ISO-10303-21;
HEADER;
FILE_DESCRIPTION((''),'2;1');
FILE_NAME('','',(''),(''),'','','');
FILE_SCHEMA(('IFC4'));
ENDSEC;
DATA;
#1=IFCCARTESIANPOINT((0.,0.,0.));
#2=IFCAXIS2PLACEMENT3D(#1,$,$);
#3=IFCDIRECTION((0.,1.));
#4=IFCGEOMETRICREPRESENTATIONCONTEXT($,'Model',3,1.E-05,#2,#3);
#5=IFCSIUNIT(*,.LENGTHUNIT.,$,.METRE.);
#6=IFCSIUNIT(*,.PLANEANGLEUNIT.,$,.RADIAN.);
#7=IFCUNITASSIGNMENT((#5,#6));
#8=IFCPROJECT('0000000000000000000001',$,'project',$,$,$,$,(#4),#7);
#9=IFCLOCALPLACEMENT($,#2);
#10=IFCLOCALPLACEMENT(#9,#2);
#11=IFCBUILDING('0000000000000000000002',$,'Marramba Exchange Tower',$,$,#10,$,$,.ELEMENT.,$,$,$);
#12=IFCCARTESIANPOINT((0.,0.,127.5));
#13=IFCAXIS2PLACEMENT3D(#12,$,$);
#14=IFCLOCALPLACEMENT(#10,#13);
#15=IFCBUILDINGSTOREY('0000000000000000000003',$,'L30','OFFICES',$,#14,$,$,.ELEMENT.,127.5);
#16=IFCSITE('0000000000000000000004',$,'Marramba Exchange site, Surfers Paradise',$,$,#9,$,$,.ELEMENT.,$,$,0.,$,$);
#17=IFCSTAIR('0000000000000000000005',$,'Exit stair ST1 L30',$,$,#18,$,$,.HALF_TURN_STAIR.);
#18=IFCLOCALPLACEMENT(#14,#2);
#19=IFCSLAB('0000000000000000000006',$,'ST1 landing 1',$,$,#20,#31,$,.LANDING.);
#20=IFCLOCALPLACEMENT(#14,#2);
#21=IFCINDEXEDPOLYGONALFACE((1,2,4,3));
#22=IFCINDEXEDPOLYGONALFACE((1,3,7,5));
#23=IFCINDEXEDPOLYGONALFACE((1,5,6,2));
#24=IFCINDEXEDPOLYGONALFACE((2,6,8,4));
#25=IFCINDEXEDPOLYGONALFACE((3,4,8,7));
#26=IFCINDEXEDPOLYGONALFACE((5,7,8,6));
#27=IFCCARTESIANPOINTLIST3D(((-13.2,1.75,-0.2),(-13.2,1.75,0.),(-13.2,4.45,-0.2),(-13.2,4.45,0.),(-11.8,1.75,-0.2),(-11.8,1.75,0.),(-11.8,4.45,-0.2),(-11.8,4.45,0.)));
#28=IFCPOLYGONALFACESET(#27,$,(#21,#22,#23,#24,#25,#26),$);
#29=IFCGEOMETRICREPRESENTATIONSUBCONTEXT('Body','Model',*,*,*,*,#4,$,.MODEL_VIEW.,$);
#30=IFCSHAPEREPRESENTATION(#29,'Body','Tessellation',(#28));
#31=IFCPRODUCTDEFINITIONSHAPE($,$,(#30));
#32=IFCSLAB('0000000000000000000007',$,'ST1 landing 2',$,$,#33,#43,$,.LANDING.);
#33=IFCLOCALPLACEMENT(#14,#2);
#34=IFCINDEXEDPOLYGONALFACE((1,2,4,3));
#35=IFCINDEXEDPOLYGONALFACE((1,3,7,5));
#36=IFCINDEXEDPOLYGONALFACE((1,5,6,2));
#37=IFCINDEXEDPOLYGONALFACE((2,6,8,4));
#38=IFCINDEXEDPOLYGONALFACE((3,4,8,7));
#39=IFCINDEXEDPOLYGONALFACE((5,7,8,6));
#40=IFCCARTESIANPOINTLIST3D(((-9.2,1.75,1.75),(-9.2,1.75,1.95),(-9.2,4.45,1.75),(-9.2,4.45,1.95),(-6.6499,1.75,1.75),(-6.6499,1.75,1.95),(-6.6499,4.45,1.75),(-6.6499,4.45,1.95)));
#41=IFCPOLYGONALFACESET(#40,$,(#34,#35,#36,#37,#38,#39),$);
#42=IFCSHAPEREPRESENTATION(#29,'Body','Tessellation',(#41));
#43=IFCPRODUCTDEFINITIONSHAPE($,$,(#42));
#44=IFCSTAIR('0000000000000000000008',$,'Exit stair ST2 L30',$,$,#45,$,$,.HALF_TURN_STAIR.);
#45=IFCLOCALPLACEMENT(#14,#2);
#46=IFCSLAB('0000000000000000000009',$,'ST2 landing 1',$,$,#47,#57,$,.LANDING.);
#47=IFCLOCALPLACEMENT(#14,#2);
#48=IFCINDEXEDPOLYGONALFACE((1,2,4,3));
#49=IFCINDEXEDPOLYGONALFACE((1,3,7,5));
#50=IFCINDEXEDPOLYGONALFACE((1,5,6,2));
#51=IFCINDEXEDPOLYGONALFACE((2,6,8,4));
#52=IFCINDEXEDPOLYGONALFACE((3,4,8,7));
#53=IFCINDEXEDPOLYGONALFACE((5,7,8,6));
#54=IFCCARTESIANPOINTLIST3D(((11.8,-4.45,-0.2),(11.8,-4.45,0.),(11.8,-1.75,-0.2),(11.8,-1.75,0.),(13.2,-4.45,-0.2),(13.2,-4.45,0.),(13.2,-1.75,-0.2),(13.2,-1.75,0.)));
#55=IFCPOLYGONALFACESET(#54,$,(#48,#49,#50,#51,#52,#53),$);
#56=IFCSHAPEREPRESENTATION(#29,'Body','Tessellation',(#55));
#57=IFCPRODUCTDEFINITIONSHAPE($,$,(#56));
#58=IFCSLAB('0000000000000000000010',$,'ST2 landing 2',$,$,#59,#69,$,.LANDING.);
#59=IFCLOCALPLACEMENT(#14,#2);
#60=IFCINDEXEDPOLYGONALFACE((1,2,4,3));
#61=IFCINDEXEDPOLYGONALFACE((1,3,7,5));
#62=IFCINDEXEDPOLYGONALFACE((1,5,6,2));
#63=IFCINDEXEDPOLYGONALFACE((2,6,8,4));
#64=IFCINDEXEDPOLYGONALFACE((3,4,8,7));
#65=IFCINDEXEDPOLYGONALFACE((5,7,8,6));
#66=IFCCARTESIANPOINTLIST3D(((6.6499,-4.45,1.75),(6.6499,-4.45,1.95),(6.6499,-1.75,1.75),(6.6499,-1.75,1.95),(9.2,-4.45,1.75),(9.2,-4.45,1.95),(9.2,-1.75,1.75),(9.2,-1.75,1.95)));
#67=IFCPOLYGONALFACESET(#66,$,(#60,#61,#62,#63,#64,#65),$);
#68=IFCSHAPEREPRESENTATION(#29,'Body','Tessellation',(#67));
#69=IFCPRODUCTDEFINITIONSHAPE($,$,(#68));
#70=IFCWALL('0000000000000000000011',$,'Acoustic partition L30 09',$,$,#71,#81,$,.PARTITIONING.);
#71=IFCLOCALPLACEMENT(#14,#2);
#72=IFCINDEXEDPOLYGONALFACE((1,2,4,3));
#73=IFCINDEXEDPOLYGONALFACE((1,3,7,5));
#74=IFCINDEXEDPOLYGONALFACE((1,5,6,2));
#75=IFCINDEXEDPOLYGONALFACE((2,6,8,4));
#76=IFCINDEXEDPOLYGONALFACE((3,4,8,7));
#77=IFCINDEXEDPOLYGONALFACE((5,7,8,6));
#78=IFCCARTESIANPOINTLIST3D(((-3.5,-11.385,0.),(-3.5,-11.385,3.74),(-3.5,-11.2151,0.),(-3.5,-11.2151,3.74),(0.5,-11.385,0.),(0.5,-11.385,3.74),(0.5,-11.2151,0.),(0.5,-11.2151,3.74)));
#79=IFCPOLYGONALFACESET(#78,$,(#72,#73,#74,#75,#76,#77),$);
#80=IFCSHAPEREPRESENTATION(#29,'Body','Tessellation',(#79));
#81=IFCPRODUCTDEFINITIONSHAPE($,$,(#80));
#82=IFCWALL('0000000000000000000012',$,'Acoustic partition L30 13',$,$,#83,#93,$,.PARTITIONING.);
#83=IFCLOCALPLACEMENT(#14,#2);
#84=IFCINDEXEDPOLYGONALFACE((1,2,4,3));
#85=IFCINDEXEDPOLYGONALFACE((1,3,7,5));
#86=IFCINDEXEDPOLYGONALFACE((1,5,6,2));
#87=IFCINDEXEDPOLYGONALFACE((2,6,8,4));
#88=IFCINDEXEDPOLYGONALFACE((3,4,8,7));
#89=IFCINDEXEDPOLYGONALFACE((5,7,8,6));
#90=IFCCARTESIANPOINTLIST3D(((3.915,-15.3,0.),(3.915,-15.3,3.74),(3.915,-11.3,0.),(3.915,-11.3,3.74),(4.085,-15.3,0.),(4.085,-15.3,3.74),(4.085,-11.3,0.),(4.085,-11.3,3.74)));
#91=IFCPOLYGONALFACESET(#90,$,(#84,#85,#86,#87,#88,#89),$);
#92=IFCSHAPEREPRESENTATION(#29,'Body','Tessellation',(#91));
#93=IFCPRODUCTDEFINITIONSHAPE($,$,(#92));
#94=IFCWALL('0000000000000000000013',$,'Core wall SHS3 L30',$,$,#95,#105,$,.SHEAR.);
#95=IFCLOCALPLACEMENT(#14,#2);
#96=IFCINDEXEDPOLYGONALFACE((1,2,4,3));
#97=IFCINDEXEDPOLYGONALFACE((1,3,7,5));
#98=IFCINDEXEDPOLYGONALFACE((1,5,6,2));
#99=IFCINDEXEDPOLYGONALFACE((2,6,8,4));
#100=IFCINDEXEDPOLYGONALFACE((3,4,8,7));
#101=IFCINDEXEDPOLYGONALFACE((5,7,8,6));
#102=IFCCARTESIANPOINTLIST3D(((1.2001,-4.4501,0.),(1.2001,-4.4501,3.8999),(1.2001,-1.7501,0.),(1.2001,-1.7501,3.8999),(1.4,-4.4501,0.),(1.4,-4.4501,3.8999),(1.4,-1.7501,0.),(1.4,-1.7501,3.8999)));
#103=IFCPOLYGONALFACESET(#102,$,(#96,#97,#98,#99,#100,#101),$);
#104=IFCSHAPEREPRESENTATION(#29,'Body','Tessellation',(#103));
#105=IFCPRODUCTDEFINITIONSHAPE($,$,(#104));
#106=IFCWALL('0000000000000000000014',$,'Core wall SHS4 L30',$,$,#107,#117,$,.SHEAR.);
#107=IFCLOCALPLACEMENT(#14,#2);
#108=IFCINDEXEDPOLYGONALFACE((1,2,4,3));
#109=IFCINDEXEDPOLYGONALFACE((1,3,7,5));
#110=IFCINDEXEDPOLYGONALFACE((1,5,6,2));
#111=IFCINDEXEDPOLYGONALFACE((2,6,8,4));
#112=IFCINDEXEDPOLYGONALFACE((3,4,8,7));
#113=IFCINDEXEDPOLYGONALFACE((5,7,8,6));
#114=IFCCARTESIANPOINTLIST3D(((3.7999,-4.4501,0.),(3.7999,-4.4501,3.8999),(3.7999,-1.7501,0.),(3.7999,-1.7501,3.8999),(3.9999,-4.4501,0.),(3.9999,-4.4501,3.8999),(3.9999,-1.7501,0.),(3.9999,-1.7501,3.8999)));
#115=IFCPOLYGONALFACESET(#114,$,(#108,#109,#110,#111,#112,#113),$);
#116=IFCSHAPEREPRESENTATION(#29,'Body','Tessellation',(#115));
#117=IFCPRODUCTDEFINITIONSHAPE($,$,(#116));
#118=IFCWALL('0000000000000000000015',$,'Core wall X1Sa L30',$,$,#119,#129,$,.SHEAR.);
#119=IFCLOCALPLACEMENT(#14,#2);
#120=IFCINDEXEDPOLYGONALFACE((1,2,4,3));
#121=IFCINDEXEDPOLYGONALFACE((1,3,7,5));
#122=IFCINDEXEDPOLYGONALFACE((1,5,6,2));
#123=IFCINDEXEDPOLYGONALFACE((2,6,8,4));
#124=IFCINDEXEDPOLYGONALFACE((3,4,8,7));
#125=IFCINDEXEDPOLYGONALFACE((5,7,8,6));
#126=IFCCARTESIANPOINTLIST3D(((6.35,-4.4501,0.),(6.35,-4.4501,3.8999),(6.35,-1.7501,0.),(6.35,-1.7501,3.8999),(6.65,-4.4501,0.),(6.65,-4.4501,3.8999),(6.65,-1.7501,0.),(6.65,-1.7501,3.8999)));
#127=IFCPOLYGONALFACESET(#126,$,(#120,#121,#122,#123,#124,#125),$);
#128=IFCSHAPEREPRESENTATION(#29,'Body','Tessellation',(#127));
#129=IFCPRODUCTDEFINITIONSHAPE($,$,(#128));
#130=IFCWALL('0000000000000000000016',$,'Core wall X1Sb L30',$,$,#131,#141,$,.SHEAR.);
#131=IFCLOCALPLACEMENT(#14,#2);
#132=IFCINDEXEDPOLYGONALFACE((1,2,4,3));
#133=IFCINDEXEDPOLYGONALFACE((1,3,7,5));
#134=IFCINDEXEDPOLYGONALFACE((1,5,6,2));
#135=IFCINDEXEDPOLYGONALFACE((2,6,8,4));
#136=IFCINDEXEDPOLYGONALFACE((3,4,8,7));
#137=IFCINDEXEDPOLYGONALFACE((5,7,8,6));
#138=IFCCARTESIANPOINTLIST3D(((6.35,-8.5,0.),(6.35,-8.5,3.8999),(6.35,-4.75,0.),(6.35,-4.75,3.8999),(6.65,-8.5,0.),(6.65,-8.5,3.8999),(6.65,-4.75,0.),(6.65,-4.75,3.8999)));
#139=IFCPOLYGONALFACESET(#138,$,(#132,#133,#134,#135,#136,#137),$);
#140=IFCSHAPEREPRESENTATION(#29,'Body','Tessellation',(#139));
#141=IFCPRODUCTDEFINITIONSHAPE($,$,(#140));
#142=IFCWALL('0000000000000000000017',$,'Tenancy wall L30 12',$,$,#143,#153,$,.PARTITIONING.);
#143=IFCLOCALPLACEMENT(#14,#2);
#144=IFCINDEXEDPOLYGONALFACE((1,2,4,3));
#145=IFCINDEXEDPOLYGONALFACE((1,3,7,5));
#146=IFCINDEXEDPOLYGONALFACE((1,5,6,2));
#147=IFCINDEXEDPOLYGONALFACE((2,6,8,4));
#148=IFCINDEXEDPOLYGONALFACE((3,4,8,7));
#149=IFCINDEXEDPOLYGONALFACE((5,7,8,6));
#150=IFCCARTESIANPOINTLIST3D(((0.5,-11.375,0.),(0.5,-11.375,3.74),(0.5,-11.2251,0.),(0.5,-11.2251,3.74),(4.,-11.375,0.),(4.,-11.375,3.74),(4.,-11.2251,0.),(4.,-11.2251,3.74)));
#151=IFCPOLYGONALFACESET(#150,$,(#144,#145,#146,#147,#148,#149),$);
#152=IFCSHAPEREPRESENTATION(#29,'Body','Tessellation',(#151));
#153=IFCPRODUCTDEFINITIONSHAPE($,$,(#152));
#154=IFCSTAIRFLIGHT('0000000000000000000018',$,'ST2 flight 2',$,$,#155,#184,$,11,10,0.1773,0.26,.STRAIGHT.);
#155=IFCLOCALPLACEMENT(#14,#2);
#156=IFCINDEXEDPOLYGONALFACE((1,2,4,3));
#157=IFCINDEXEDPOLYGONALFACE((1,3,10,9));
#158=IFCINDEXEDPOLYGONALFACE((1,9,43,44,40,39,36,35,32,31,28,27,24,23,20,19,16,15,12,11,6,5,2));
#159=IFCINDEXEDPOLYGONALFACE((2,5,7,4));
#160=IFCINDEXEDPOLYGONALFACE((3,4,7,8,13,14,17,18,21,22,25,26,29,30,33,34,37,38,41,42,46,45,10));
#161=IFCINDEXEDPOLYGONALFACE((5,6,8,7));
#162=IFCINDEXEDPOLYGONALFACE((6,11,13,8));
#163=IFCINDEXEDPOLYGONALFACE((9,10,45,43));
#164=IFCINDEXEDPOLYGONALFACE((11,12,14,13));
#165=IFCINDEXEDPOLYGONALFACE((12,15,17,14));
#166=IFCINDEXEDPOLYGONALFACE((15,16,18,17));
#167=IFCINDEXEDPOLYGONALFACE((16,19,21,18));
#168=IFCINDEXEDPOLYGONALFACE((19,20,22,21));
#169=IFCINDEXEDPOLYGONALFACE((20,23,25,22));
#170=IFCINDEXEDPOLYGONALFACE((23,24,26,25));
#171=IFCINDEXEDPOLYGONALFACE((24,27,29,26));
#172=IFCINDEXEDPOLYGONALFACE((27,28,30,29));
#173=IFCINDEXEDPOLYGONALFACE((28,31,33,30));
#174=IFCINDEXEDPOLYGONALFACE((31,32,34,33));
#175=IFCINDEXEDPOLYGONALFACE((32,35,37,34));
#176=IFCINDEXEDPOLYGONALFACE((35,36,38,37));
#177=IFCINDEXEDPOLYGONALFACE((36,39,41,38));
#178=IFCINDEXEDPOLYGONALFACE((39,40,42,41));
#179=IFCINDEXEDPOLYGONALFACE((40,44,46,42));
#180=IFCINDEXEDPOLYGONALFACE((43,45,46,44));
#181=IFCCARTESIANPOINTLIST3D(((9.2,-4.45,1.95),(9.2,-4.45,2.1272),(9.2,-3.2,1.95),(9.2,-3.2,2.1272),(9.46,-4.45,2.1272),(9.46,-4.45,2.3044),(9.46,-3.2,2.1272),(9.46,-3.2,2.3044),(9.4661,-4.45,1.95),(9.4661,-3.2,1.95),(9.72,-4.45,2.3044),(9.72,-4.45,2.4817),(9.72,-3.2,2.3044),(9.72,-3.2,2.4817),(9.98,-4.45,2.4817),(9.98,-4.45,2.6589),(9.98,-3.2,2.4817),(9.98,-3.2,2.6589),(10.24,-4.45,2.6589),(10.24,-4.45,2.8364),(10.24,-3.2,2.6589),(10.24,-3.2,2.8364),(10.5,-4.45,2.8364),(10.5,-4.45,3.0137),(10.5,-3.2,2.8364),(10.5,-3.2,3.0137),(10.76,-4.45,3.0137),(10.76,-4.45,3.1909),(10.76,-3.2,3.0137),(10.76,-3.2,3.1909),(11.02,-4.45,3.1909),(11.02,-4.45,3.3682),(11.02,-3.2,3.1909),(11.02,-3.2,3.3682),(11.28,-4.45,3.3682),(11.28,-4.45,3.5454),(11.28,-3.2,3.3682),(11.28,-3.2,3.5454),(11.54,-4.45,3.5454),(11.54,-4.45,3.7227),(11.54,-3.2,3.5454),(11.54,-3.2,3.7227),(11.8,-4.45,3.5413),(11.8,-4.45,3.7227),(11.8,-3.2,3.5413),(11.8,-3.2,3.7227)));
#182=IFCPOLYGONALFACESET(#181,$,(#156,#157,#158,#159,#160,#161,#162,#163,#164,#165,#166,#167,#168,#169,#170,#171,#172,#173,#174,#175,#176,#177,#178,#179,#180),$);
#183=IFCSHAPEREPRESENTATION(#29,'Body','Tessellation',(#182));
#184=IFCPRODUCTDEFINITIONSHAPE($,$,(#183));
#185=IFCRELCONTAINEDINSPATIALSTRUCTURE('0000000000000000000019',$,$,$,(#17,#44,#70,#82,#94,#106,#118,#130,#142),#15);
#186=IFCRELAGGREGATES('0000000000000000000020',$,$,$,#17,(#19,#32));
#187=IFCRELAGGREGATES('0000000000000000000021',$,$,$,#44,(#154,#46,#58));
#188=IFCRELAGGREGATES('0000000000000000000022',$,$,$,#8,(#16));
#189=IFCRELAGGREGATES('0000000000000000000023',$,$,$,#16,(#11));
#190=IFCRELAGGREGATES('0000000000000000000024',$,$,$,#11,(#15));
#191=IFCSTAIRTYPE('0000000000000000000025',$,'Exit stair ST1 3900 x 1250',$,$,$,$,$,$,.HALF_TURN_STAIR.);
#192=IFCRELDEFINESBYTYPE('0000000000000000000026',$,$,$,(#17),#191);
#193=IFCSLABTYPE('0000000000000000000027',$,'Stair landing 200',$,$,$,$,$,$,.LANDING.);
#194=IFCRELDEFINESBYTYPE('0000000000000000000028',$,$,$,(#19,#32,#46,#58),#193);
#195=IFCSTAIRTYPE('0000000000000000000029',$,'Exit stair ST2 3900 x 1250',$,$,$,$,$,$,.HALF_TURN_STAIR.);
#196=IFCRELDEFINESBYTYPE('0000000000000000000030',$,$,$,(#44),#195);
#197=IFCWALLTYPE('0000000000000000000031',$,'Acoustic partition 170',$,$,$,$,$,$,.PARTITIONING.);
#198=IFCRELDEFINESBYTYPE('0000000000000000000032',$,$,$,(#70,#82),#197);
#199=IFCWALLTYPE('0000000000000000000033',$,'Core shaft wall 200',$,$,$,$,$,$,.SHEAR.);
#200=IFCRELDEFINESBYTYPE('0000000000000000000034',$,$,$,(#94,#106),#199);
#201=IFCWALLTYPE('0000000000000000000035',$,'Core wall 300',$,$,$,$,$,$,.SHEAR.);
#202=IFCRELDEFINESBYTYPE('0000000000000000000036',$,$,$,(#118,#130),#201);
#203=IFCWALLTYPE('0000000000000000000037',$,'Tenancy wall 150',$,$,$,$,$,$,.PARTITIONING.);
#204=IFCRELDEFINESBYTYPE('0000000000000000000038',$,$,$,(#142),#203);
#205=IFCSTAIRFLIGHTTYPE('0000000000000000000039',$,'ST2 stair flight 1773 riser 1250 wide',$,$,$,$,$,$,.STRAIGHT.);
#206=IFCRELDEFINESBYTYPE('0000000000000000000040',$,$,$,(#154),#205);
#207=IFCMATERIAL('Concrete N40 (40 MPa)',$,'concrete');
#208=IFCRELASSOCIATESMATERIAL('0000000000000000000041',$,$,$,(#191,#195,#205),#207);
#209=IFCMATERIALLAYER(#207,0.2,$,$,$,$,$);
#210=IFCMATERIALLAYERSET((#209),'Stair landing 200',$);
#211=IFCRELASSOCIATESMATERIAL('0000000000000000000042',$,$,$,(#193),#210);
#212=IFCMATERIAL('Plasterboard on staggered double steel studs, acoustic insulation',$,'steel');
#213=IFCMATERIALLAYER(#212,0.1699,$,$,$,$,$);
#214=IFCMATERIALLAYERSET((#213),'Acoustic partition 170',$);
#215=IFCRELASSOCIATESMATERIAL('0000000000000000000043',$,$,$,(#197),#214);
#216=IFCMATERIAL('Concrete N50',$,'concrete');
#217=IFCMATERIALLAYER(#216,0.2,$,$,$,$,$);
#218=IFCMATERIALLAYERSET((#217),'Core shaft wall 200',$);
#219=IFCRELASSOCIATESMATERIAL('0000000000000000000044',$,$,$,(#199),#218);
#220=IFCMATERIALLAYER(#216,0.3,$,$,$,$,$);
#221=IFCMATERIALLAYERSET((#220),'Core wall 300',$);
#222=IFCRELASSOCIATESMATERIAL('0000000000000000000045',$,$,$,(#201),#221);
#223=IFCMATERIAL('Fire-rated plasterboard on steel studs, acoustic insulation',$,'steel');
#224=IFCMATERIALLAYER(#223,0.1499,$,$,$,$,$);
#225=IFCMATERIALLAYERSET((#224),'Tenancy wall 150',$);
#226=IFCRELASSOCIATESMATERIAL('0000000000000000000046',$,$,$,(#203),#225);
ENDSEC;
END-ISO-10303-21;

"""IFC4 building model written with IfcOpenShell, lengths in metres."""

from ifc_helpers import new_model, si_unit, direction, frame, frame_2d, origin, place, context, subcontext, project, spatial, polyline, rectangle, outline, extrude, material, layer, layer_set, type_object, element, aggregate, save


model = new_model("IFC4")

# Units and contexts
model_context = context("Model", 3, precision=1e-05, world=origin(), true_north=direction((0.0, 1.0)))
body_context = subcontext(model_context, "Body", "Model", "MODEL_VIEW")
ifc_project = project(units=[si_unit("LENGTHUNIT", "METRE"), si_unit("PLANEANGLEUNIT", "RADIAN")], contexts=[model_context])

# Site, building, storey
site_placement = place(None, origin())
site = spatial("IfcSite", under=ifc_project, at=site_placement, Name="Marramba Exchange site, Surfers Paradise", CompositionType="ELEMENT", RefElevation=0.0)
building_placement = place(site_placement, origin())
building = spatial("IfcBuilding", under=site, at=building_placement, Name="Marramba Exchange Tower", CompositionType="ELEMENT")
storey_placement = place(building_placement, frame((0.0, 0.0, 127.5)))
storey = spatial("IfcBuildingStorey", under=building, at=storey_placement, Name="L30", Description="OFFICES", CompositionType="ELEMENT", Elevation=127.5)

# Stairs, slabs
ifc_material_1 = material(Name="Concrete N40 (40 MPa)", Category="concrete")
stair_type_1 = type_object("IfcStairType", Name="Exit stair ST1 3900 x 1250", PredefinedType="HALF_TURN_STAIR", material=ifc_material_1)
stair_1_placement = place(storey_placement, origin())
stair_1 = element("IfcStair", 1, at=stair_1_placement, inside=storey, type_object=stair_type_1, Name="Exit stair ST1 L30", PredefinedType="HALF_TURN_STAIR")
ifc_layer_1 = layer(ifc_material_1, 0.2)
ifc_layer_set_1 = layer_set([ifc_layer_1], Name="Stair landing 200")
slab_type = type_object("IfcSlabType", Name="Stair landing 200", PredefinedType="LANDING", material=ifc_layer_set_1)
slab_1_placement = place(storey_placement, frame((0.0, 0.0, -0.2)))
slab_1 = element("IfcSlab", 2, at=slab_1_placement, type_object=slab_type, Name="ST1 landing 1", PredefinedType="LANDING", context=body_context, shape_type="SweptSolid", body=[
    extrude(outline(polyline([(-13.2, 1.75), (-11.8, 1.75), (-11.8, 4.45), (-13.2, 4.45), (-13.2, 1.75)])), origin(), (0.0, 0.0, 1.0), 0.2),
])
slab_2_placement = place(storey_placement, frame((0.0, 0.0, 1.75)))
slab_2 = element("IfcSlab", 3, at=slab_2_placement, type_object=slab_type, Name="ST1 landing 2", PredefinedType="LANDING", context=body_context, shape_type="SweptSolid", body=[
    extrude(outline(polyline([(-9.2, 1.75), (-6.6499, 1.75), (-6.6499, 4.45), (-9.2, 4.45), (-9.2, 1.75)])), origin(), (0.0, 0.0, 1.0), 0.2),
])
aggregate(stair_1, [slab_1, slab_2])
stair_type_2 = type_object("IfcStairType", Name="Exit stair ST2 3900 x 1250", PredefinedType="HALF_TURN_STAIR", material=ifc_material_1)
stair_2_placement = place(storey_placement, origin())
stair_2 = element("IfcStair", 4, at=stair_2_placement, inside=storey, type_object=stair_type_2, Name="Exit stair ST2 L30", PredefinedType="HALF_TURN_STAIR")
slab_3_placement = place(storey_placement, frame((0.0, 0.0, -0.2)))
slab_3 = element("IfcSlab", 5, at=slab_3_placement, type_object=slab_type, Name="ST2 landing 1", PredefinedType="LANDING", context=body_context, shape_type="SweptSolid", body=[
    extrude(outline(polyline([(11.8, -4.45), (13.2, -4.45), (13.2, -1.75), (11.8, -1.75), (11.8, -4.45)])), origin(), (0.0, 0.0, 1.0), 0.2),
])
slab_4_placement = place(storey_placement, frame((0.0, 0.0, 1.75)))
slab_4 = element("IfcSlab", 6, at=slab_4_placement, type_object=slab_type, Name="ST2 landing 2", PredefinedType="LANDING", context=body_context, shape_type="SweptSolid", body=[
    extrude(outline(polyline([(6.6499, -4.45), (9.2, -4.45), (9.2, -1.75), (6.6499, -1.75), (6.6499, -4.45)])), origin(), (0.0, 0.0, 1.0), 0.2),
])

# Walls
ifc_material_2 = material(Name="Plasterboard on staggered double steel studs, acoustic insulation", Category="steel")
ifc_layer_2 = layer(ifc_material_2, 0.1699)
ifc_layer_set_2 = layer_set([ifc_layer_2], Name="Acoustic partition 170")
wall_type_1 = type_object("IfcWallType", Name="Acoustic partition 170", PredefinedType="PARTITIONING", material=ifc_layer_set_2)
for number, where, z_axis, x_axis, name in (
    (7, (0.5, -11.3, 0.0), (0.0, 0.0, 1.0), (-1.0, 0.0, 0.0), "Acoustic partition L30 09"),
    (8, (4.0, -11.3, 0.0), (0.0, 0.0, 1.0), (0.0, -1.0, 0.0), "Acoustic partition L30 13"),
):
    element("IfcWall", number, at=place(storey_placement, frame(where, z_axis=z_axis, x_axis=x_axis)), inside=storey, type_object=wall_type_1, Name=name, PredefinedType="PARTITIONING", context=body_context, shape_type="SweptSolid", body=[
        extrude(rectangle(XDim=4.0, YDim=0.1699, at=frame_2d((2.0, 0.0))), origin(), (0.0, 0.0, 1.0), 3.74),
    ])
ifc_material_3 = material(Name="Concrete N50", Category="concrete")
ifc_layer_3 = layer(ifc_material_3, 0.2)
ifc_layer_set_3 = layer_set([ifc_layer_3], Name="Core shaft wall 200")
wall_type_2 = type_object("IfcWallType", Name="Core shaft wall 200", PredefinedType="SHEAR", material=ifc_layer_set_3)
for number, where, z_axis, x_axis, name in (
    (9, (1.3, -1.75, 0.0), (0.0, 0.0, 1.0), (0.0, -1.0, 0.0), "Core wall SHS3 L30"),
    (10, (3.8999, -1.75, 0.0), (0.0, 0.0, 1.0), (0.0, -1.0, 0.0), "Core wall SHS4 L30"),
):
    element("IfcWall", number, at=place(storey_placement, frame(where, z_axis=z_axis, x_axis=x_axis)), inside=storey, type_object=wall_type_2, Name=name, PredefinedType="SHEAR", context=body_context, shape_type="SweptSolid", body=[
        extrude(rectangle(XDim=2.7, YDim=0.2, at=frame_2d((1.3501, 0.0))), origin(), (0.0, 0.0, 1.0), 3.8999),
    ])
ifc_layer_4 = layer(ifc_material_3, 0.3)
ifc_layer_set_4 = layer_set([ifc_layer_4], Name="Core wall 300")
wall_type_3 = type_object("IfcWallType", Name="Core wall 300", PredefinedType="SHEAR", material=ifc_layer_set_4)
wall_1_placement = place(storey_placement, frame((6.5, -1.75, 0.0), z_axis=(0.0, 0.0, 1.0), x_axis=(0.0, -1.0, 0.0)))
element("IfcWall", 11, at=wall_1_placement, inside=storey, type_object=wall_type_3, Name="Core wall X1Sa L30", PredefinedType="SHEAR", context=body_context, shape_type="SweptSolid", body=[
    extrude(rectangle(XDim=2.7, YDim=0.3, at=frame_2d((1.3501, 0.0))), origin(), (0.0, 0.0, 1.0), 3.8999),
])
wall_2_placement = place(storey_placement, frame((6.5, -4.75, 0.0), z_axis=(0.0, 0.0, 1.0), x_axis=(0.0, -1.0, 0.0)))
element("IfcWall", 12, at=wall_2_placement, inside=storey, type_object=wall_type_3, Name="Core wall X1Sb L30", PredefinedType="SHEAR", context=body_context, shape_type="SweptSolid", body=[
    extrude(rectangle(XDim=3.75, YDim=0.3, at=frame_2d((1.875, 0.0))), origin(), (0.0, 0.0, 1.0), 3.8999),
])

# Wall
ifc_material_4 = material(Name="Fire-rated plasterboard on steel studs, acoustic insulation", Category="steel")
ifc_layer_5 = layer(ifc_material_4, 0.1499)
ifc_layer_set_5 = layer_set([ifc_layer_5], Name="Tenancy wall 150")
wall_type_4 = type_object("IfcWallType", Name="Tenancy wall 150", PredefinedType="PARTITIONING", material=ifc_layer_set_5)
wall_3_placement = place(storey_placement, frame((0.5, -11.3, 0.0), z_axis=(0.0, 0.0, 1.0), x_axis=(1.0, 0.0, 0.0)))
element("IfcWall", 13, at=wall_3_placement, inside=storey, type_object=wall_type_4, Name="Tenancy wall L30 12", PredefinedType="PARTITIONING", context=body_context, shape_type="SweptSolid", body=[
    extrude(rectangle(XDim=3.5, YDim=0.1499, at=frame_2d((1.75, 0.0))), origin(), (0.0, 0.0, 1.0), 3.74),
])

# Stair flight
stair_flight_type = type_object("IfcStairFlightType", Name="ST2 stair flight 1773 riser 1250 wide", PredefinedType="STRAIGHT", material=ifc_material_1)
stair_flight_placement = place(storey_placement, frame((9.2, -3.825, 1.95), z_axis=(0.0, 0.0, 1.0), x_axis=(1.0, 0.0, 0.0)))
stair_flight = element("IfcStairFlight", 14, at=stair_flight_placement, type_object=stair_flight_type, Name="ST2 flight 2", NumberOfRisers=11, NumberOfTreads=10, PredefinedType="STRAIGHT", RiserHeight=0.1773, TreadLength=0.26, context=body_context, shape_type="SweptSolid", body=[
    extrude(outline(polyline([(0.0, 0.0), (0.0, 0.1772), (0.26, 0.1772), (0.26, 0.3545), (0.52, 0.3545), (0.52, 0.5317), (0.78, 0.5317), (0.78, 0.709), (1.04, 0.709), (1.04, 0.8865), (1.3, 0.8865), (1.3, 1.0637), (1.5601, 1.0637), (1.5601, 1.241), (1.8201, 1.241), (1.8201, 1.4182), (2.0801, 1.4182), (2.0801, 1.5955), (2.3401, 1.5955), (2.3401, 1.7727), (2.6001, 1.7727), (2.6001, 1.95), (2.6001, 1.5913), (0.2661, 0.0), (0.0, 0.0)])), frame((0.0, 0.625, 0.0), z_axis=(0.0, -1.0, 0.0), x_axis=(1.0, 0.0, 0.0)), (0.0, 0.0, 1.0), 1.25),
])
aggregate(stair_2, [stair_flight, slab_3, slab_4])

save(model, "model.ifc")
